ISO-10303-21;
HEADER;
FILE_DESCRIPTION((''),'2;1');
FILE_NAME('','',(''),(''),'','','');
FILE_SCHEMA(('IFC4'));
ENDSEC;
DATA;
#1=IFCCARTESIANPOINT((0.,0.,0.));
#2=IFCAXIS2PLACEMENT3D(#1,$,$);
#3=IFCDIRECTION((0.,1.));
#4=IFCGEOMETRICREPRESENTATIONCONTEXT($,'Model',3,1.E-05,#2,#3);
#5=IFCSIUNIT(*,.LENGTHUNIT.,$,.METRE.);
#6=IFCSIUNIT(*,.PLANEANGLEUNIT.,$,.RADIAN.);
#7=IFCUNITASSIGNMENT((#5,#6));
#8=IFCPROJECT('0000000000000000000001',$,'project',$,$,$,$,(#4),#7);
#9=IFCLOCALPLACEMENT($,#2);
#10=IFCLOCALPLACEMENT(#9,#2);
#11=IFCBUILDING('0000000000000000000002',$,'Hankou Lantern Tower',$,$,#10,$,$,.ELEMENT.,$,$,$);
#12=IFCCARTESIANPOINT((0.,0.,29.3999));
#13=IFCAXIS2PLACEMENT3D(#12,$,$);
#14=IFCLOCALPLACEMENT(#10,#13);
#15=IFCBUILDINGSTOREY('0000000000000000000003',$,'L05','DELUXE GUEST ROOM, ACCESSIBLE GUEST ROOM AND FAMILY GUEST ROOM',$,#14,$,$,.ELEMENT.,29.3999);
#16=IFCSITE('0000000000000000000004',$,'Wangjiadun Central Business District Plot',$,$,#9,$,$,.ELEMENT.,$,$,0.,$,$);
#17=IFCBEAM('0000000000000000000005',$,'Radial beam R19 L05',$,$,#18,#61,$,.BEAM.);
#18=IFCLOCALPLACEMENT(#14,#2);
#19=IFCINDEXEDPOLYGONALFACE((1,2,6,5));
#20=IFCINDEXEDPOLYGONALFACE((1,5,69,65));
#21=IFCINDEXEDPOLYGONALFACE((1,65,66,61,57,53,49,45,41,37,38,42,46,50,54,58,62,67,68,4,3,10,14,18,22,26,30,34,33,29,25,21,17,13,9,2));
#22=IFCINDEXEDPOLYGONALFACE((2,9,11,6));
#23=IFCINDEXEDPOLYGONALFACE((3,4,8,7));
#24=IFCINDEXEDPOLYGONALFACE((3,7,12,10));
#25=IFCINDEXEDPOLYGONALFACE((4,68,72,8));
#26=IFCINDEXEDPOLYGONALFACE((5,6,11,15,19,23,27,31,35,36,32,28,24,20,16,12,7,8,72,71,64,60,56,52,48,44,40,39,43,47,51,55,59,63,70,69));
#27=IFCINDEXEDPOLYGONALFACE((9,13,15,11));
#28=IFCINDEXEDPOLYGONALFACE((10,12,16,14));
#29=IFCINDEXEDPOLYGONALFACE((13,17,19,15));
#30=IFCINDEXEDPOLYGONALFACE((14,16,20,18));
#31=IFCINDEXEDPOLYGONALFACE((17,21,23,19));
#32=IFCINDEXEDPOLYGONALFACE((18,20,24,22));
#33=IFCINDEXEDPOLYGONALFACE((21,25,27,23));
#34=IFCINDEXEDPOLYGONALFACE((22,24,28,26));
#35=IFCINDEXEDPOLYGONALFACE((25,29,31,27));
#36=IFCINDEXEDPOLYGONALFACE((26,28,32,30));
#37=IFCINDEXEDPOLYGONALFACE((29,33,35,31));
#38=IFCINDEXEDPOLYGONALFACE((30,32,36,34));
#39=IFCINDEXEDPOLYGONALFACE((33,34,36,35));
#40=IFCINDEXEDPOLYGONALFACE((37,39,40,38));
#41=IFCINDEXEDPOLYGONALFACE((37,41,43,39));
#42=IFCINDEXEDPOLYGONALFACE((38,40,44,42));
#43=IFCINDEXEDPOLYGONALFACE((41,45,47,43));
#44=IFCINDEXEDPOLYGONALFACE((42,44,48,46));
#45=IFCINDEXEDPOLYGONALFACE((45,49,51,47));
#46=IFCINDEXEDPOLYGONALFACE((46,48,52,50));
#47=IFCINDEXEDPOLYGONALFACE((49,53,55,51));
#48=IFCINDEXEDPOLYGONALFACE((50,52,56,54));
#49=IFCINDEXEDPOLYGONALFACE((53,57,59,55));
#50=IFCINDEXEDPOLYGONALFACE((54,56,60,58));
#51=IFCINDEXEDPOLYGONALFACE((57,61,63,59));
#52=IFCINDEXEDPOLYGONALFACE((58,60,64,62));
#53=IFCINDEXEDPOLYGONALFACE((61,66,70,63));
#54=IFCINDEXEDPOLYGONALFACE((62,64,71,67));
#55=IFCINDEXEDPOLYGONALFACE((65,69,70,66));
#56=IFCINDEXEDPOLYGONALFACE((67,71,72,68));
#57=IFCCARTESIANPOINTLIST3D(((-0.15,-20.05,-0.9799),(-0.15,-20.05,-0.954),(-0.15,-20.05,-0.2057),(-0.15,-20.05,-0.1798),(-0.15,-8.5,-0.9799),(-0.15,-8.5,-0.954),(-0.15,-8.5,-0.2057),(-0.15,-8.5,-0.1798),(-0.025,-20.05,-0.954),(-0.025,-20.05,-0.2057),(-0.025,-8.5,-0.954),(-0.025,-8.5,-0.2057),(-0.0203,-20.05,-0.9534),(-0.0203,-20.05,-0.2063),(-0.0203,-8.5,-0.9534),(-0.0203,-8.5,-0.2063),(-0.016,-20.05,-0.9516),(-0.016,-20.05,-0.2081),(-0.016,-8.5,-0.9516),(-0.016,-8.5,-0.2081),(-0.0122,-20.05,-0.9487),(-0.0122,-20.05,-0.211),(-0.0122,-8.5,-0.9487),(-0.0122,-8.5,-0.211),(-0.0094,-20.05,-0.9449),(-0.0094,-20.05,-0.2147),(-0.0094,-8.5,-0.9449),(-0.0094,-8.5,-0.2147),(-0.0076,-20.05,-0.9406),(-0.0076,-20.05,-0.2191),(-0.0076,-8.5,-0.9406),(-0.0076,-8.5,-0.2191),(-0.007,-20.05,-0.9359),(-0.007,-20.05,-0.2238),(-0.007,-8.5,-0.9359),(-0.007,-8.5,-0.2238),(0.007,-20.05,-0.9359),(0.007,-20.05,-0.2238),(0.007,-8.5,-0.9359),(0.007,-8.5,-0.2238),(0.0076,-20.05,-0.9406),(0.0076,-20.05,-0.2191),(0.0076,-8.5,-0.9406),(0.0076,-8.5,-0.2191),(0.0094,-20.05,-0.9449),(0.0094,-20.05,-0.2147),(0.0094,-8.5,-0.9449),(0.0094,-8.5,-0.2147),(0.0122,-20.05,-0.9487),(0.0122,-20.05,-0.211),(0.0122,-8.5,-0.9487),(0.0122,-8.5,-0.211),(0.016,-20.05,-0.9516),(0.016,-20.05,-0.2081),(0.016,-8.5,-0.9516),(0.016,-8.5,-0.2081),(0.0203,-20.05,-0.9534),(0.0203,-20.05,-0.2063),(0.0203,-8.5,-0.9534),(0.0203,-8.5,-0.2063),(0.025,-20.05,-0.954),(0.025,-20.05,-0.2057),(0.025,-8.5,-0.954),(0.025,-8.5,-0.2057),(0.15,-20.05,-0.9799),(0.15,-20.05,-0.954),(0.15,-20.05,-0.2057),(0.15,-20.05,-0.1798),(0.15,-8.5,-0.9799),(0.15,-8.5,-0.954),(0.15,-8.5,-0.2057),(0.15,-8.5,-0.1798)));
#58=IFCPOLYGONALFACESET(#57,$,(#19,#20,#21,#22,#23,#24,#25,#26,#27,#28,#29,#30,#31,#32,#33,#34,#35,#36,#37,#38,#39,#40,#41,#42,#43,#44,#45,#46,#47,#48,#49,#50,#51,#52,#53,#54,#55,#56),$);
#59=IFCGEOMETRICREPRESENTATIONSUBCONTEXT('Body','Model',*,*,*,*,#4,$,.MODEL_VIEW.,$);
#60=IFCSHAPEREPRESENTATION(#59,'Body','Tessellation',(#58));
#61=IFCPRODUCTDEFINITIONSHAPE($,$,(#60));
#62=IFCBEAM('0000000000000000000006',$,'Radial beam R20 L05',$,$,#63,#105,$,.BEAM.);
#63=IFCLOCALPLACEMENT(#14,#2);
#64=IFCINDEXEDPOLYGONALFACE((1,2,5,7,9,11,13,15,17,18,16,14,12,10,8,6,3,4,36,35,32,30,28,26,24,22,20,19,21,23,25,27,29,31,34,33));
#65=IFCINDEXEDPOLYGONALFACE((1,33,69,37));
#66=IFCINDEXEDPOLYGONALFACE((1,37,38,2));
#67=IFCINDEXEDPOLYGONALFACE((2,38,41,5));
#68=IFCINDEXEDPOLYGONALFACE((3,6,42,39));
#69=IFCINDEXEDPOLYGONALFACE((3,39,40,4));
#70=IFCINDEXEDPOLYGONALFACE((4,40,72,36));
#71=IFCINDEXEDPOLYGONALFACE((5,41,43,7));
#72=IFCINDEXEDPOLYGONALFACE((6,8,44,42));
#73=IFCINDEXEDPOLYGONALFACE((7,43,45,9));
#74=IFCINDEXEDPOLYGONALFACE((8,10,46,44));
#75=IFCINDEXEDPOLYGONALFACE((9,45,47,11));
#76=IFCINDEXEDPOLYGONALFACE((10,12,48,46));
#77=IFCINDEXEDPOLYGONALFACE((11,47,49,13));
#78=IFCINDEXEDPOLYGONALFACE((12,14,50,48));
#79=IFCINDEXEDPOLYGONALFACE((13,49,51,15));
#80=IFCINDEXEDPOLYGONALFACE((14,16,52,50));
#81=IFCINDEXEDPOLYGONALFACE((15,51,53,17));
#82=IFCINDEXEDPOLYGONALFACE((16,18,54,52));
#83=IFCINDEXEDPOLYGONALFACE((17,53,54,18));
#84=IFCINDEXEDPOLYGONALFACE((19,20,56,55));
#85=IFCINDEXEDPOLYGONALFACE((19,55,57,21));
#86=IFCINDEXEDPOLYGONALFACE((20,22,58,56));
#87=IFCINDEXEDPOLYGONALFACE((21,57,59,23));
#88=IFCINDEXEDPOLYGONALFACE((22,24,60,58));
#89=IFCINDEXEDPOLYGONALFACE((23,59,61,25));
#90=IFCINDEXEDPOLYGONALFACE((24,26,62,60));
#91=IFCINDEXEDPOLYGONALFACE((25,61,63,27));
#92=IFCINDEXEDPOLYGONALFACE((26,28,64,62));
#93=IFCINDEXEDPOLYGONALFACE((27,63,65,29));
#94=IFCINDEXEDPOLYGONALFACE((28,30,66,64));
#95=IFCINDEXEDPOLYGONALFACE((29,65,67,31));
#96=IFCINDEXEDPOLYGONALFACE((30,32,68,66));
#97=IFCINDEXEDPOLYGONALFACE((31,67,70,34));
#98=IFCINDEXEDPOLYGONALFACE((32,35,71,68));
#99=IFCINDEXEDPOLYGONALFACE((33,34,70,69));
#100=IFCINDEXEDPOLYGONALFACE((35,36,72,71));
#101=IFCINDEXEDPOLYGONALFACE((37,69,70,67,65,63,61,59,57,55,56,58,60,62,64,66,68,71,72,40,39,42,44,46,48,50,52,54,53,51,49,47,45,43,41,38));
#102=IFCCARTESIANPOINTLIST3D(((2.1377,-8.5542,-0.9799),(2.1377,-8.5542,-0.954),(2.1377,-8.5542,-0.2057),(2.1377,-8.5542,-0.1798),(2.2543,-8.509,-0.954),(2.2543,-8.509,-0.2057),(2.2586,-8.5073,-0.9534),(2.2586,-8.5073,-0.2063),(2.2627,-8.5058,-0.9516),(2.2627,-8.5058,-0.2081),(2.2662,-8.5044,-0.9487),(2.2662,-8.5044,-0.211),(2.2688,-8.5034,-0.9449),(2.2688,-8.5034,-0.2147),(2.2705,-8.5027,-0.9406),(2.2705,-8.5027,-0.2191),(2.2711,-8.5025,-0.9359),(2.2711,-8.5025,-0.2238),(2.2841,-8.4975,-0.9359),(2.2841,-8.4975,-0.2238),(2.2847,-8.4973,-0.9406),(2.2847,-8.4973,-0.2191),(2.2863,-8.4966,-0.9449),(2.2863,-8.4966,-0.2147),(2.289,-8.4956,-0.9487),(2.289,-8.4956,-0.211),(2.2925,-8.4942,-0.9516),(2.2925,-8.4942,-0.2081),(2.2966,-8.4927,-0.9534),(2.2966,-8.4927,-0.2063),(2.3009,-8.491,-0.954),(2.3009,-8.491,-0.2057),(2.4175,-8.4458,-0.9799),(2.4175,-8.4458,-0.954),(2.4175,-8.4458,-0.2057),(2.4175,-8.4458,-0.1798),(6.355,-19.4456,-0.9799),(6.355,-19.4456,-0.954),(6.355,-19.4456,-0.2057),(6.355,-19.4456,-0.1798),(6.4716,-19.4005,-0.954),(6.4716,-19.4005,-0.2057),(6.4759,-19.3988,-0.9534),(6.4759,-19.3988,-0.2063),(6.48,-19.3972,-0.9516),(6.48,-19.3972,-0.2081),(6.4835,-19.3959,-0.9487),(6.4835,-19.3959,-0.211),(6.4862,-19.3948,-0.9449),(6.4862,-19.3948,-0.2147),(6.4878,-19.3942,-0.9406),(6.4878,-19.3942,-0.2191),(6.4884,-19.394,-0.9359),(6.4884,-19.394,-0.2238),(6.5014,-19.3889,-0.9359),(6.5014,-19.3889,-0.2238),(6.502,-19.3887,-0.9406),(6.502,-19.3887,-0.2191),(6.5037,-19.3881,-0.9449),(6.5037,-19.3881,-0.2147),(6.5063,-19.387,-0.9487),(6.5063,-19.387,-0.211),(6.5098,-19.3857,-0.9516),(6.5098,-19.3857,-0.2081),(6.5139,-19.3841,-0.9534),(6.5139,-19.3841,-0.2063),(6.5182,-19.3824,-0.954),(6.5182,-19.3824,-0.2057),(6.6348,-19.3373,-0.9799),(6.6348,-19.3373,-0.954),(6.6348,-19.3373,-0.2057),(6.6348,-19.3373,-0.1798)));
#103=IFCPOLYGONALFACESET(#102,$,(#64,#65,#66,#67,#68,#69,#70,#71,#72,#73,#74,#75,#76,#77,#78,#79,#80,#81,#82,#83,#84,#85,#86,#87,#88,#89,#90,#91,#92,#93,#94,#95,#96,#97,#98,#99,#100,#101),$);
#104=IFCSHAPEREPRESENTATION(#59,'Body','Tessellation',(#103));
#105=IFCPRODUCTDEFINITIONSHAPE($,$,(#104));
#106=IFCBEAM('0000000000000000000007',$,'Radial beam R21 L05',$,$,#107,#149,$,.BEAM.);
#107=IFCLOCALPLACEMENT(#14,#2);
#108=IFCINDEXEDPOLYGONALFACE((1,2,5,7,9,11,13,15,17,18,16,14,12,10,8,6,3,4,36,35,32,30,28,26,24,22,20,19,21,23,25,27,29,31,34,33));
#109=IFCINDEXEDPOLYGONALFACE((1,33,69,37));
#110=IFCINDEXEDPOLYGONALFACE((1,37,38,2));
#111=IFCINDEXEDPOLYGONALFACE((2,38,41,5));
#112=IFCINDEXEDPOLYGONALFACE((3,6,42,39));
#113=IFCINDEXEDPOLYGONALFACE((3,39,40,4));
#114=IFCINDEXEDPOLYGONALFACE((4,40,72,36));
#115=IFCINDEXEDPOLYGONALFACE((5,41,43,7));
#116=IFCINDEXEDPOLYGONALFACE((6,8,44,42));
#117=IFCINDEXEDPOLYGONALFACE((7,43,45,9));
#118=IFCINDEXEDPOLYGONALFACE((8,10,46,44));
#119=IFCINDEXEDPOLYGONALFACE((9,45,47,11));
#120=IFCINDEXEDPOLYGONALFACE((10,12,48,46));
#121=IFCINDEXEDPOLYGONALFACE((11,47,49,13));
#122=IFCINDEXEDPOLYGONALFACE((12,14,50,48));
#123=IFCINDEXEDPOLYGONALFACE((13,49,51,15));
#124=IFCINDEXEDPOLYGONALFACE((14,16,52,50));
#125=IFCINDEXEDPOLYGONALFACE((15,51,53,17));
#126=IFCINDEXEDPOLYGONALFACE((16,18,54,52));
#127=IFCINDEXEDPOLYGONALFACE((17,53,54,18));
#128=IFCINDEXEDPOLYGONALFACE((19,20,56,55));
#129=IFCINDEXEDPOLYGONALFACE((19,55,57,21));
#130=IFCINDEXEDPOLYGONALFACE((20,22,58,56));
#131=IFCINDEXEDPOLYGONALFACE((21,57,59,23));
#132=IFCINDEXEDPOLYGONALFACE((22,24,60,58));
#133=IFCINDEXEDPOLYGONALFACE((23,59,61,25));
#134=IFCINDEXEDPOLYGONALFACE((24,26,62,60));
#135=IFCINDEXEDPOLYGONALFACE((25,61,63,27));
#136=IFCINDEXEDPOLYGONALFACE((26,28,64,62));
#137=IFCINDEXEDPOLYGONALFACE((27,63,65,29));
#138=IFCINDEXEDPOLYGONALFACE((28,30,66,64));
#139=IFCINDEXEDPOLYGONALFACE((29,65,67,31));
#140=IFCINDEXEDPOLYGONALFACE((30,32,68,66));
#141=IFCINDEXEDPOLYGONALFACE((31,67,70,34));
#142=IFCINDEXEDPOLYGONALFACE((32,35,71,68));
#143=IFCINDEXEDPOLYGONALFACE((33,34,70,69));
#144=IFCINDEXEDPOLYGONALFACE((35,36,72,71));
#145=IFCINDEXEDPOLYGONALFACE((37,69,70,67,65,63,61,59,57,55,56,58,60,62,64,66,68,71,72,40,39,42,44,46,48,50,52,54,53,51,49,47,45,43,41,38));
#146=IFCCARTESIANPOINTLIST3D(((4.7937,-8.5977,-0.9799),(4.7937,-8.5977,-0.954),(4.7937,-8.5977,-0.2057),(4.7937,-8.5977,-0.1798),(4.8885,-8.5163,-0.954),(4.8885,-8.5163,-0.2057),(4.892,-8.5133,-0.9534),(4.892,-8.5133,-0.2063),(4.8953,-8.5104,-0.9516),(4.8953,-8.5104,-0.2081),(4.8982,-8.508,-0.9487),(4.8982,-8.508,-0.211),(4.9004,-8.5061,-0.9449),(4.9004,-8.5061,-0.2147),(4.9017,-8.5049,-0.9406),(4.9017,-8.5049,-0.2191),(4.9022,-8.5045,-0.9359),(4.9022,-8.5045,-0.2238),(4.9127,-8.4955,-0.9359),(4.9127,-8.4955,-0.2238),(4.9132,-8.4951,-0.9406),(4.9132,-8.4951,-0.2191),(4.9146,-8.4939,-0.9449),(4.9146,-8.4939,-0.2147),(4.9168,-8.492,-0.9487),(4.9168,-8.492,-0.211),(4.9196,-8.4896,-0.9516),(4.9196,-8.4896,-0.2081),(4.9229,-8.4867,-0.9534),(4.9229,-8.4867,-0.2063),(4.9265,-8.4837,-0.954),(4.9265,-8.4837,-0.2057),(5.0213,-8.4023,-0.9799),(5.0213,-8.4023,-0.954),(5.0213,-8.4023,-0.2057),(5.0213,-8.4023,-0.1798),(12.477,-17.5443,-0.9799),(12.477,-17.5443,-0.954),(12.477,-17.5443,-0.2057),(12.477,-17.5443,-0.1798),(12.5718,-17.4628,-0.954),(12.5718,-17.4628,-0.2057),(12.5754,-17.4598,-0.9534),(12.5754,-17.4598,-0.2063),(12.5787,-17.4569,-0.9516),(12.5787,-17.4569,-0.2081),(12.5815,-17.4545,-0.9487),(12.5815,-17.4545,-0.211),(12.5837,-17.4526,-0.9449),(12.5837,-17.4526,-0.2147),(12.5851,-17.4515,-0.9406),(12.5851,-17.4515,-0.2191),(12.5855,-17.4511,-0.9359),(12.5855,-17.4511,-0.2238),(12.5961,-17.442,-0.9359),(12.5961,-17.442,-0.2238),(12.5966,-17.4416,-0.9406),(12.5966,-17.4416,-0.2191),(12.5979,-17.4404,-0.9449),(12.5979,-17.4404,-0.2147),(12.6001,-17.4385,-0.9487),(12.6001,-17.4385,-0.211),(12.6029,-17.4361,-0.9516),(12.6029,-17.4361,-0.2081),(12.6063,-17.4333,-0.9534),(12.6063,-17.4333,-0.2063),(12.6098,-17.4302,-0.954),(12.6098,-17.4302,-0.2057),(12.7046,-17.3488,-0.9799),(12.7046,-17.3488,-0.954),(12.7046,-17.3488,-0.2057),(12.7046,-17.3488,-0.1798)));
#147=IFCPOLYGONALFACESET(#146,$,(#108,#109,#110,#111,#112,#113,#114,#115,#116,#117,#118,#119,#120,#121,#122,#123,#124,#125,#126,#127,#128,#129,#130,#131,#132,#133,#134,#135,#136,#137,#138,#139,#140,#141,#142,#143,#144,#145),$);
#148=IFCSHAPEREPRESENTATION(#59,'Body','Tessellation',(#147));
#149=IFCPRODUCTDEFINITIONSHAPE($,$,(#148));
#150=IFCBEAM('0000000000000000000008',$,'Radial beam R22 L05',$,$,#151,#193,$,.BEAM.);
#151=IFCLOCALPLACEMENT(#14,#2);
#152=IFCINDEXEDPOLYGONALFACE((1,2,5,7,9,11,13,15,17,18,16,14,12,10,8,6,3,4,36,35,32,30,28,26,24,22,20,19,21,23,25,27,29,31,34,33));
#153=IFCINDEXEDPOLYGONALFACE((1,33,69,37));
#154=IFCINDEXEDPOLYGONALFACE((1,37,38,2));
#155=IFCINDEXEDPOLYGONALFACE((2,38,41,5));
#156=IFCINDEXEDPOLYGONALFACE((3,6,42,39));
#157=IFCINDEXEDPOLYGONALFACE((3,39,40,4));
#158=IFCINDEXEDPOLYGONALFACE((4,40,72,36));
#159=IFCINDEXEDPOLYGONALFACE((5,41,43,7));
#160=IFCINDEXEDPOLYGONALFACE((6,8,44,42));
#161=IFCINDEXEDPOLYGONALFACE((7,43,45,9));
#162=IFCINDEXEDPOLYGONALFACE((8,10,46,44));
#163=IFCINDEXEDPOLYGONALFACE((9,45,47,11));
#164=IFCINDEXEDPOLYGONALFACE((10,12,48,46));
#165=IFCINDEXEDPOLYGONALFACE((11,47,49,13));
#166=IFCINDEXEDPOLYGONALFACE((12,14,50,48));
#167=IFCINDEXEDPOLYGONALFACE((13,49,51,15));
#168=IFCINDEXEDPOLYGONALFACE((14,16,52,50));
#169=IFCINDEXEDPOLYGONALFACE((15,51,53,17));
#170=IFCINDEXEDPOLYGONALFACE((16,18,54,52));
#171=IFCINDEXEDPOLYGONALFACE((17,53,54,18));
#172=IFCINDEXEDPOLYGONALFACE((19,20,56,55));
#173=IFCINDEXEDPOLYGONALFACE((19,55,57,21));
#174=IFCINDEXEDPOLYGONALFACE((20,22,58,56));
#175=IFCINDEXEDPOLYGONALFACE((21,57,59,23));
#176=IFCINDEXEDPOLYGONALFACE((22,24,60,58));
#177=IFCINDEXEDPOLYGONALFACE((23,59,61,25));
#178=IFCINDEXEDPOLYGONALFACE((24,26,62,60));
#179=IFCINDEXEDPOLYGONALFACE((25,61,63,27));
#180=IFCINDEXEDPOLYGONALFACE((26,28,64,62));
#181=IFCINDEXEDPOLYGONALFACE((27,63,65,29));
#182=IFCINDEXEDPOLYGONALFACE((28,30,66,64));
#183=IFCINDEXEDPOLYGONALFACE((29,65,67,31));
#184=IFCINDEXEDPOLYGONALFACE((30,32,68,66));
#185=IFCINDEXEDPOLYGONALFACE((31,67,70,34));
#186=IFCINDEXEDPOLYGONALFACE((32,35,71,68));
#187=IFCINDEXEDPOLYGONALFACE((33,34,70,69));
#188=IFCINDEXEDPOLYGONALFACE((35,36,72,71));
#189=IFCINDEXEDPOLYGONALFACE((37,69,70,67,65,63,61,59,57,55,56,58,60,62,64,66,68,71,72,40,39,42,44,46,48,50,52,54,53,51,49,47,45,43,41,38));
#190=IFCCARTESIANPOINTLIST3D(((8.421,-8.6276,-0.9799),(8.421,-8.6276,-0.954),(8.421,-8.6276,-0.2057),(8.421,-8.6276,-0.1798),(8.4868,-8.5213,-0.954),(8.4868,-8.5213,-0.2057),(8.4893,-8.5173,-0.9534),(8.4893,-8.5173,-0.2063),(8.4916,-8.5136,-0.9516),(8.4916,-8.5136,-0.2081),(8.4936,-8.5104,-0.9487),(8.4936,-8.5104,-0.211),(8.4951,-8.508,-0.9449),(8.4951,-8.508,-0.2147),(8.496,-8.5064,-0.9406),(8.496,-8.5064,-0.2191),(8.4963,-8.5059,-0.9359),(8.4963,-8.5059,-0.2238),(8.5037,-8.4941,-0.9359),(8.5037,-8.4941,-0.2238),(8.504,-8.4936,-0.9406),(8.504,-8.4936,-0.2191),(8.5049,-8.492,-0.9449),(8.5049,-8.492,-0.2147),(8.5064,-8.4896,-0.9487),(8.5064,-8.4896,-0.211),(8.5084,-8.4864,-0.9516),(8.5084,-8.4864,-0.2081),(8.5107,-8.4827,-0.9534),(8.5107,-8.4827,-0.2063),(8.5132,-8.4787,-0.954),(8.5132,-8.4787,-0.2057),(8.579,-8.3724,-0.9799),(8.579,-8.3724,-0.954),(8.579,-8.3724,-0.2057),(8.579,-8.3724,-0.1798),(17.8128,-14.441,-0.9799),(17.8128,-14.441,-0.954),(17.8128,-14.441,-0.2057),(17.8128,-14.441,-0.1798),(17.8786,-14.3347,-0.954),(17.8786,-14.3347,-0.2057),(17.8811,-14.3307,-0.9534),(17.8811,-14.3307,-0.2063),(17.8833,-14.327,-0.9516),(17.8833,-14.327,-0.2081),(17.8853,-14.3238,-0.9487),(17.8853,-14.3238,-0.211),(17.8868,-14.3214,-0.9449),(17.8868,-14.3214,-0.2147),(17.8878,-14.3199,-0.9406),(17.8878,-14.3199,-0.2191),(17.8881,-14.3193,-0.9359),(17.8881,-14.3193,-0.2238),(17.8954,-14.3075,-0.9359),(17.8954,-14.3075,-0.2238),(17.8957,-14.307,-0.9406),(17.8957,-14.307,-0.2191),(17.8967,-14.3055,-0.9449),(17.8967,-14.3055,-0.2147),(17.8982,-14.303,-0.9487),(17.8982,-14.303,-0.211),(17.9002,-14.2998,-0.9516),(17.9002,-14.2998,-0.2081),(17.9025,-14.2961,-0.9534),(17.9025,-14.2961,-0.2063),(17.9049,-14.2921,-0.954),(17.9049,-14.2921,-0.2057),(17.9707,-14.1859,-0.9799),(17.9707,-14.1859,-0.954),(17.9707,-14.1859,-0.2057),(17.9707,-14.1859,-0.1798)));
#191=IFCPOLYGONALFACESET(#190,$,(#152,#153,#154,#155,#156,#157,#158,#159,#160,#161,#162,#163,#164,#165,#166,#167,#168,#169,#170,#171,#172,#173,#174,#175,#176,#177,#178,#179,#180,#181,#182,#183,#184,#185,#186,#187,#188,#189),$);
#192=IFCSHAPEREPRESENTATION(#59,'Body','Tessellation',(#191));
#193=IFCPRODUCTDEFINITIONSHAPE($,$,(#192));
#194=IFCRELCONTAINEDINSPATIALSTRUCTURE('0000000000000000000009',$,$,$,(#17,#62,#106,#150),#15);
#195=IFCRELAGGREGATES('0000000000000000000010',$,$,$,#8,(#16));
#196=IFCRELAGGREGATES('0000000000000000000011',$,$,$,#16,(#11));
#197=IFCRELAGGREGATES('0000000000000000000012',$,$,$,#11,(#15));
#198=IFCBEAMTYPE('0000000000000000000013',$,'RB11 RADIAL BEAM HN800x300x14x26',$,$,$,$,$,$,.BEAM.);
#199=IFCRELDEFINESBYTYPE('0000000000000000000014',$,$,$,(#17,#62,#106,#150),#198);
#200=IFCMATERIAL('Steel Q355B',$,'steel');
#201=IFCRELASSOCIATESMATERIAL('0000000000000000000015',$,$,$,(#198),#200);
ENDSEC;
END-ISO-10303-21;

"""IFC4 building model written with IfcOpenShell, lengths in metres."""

from ifc_helpers import new_model, si_unit, direction, frame, origin, origin_2d, place, context, subcontext, project, spatial, i_section, extrude, material, material_profile, profile_set, type_object, element, save


model = new_model("IFC4")

# Units and contexts
model_context = context("Model", 3, precision=1e-05, world=origin(), true_north=direction((0.0, 1.0)))
body_context = subcontext(model_context, "Body", "Model", "MODEL_VIEW")
ifc_project = project(units=[si_unit("LENGTHUNIT", "METRE"), si_unit("PLANEANGLEUNIT", "RADIAN")], contexts=[model_context])

# Site, building, storey
site_placement = place(None, origin())
site = spatial("IfcSite", under=ifc_project, at=site_placement, Name="Wangjiadun Central Business District Plot", CompositionType="ELEMENT", RefElevation=0.0)
building_placement = place(site_placement, origin())
building = spatial("IfcBuilding", under=site, at=building_placement, Name="Hankou Lantern Tower", CompositionType="ELEMENT")
storey_placement = place(building_placement, frame((0.0, 0.0, 29.3999)))
storey = spatial("IfcBuildingStorey", under=building, at=storey_placement, Name="L05", Description="DELUXE GUEST ROOM, ACCESSIBLE GUEST ROOM AND FAMILY GUEST ROOM", CompositionType="ELEMENT", Elevation=29.3999)

# Beams
ifc_material_1 = material(Name="Steel Q355B", Category="steel")
ifc_material_profile = material_profile(ifc_material_1, i_section(OverallWidth=0.3, OverallDepth=0.8, WebThickness=0.0139, FlangeThickness=0.0259, FilletRadius=0.0181, at=origin_2d()), Name="HN800x300x14x26")
ifc_profile_set = profile_set([ifc_material_profile], Name="Steel Q355B")
beam_type = type_object("IfcBeamType", Name="RB11 RADIAL BEAM HN800x300x14x26", PredefinedType="BEAM", material=ifc_profile_set)
beam_1_placement = place(storey_placement, frame((0.0, -8.5, -0.5798), z_axis=(0.0, -1.0, 0.0), x_axis=(1.0, 0.0, 0.0)))
element("IfcBeam", 1, at=beam_1_placement, inside=storey, type_object=beam_type, Name="Radial beam R19 L05", PredefinedType="BEAM", context=body_context, shape_type="SweptSolid", body=[
    extrude(i_section(OverallWidth=0.3, OverallDepth=0.8, WebThickness=0.0139, FlangeThickness=0.0259, FilletRadius=0.0181, at=origin_2d()), origin(), (0.0, 0.0, 1.0), 11.55),
])
beam_2_placement = place(storey_placement, frame((2.2776, -8.5, -0.5798), z_axis=(0.361089, -0.932531, 0.0), x_axis=(0.932531, 0.361089, 0.0)))
element("IfcBeam", 2, at=beam_2_placement, inside=storey, type_object=beam_type, Name="Radial beam R20 L05", PredefinedType="BEAM", context=body_context, shape_type="SweptSolid", body=[
    extrude(i_section(OverallWidth=0.3, OverallDepth=0.8, WebThickness=0.0139, FlangeThickness=0.0259, FilletRadius=0.0181, at=origin_2d()), origin(), (0.0, 0.0, 1.0), 11.6794),
])
beam_3_placement = place(storey_placement, frame((4.9075, -8.5, -0.5798), z_axis=(0.651519, -0.758632, 0.0), x_axis=(0.758632, 0.651519, 0.0)))
element("IfcBeam", 3, at=beam_3_placement, inside=storey, type_object=beam_type, Name="Radial beam R21 L05", PredefinedType="BEAM", context=body_context, shape_type="SweptSolid", body=[
    extrude(i_section(OverallWidth=0.3, OverallDepth=0.8, WebThickness=0.0139, FlangeThickness=0.0259, FilletRadius=0.0181, at=origin_2d()), origin(), (0.0, 0.0, 1.0), 11.793),
])
beam_4_placement = place(storey_placement, frame((8.5, -8.5, -0.5798), z_axis=(0.850286, -0.52632, 0.0), x_axis=(0.52632, 0.850286, 0.0)))
element("IfcBeam", 4, at=beam_4_placement, inside=storey, type_object=beam_type, Name="Radial beam R22 L05", PredefinedType="BEAM", context=body_context, shape_type="SweptSolid", body=[
    extrude(i_section(OverallWidth=0.3, OverallDepth=0.8, WebThickness=0.0139, FlangeThickness=0.0259, FilletRadius=0.0181, at=origin_2d()), origin(), (0.0, 0.0, 1.0), 11.0454),
])

save(model, "model.ifc")
